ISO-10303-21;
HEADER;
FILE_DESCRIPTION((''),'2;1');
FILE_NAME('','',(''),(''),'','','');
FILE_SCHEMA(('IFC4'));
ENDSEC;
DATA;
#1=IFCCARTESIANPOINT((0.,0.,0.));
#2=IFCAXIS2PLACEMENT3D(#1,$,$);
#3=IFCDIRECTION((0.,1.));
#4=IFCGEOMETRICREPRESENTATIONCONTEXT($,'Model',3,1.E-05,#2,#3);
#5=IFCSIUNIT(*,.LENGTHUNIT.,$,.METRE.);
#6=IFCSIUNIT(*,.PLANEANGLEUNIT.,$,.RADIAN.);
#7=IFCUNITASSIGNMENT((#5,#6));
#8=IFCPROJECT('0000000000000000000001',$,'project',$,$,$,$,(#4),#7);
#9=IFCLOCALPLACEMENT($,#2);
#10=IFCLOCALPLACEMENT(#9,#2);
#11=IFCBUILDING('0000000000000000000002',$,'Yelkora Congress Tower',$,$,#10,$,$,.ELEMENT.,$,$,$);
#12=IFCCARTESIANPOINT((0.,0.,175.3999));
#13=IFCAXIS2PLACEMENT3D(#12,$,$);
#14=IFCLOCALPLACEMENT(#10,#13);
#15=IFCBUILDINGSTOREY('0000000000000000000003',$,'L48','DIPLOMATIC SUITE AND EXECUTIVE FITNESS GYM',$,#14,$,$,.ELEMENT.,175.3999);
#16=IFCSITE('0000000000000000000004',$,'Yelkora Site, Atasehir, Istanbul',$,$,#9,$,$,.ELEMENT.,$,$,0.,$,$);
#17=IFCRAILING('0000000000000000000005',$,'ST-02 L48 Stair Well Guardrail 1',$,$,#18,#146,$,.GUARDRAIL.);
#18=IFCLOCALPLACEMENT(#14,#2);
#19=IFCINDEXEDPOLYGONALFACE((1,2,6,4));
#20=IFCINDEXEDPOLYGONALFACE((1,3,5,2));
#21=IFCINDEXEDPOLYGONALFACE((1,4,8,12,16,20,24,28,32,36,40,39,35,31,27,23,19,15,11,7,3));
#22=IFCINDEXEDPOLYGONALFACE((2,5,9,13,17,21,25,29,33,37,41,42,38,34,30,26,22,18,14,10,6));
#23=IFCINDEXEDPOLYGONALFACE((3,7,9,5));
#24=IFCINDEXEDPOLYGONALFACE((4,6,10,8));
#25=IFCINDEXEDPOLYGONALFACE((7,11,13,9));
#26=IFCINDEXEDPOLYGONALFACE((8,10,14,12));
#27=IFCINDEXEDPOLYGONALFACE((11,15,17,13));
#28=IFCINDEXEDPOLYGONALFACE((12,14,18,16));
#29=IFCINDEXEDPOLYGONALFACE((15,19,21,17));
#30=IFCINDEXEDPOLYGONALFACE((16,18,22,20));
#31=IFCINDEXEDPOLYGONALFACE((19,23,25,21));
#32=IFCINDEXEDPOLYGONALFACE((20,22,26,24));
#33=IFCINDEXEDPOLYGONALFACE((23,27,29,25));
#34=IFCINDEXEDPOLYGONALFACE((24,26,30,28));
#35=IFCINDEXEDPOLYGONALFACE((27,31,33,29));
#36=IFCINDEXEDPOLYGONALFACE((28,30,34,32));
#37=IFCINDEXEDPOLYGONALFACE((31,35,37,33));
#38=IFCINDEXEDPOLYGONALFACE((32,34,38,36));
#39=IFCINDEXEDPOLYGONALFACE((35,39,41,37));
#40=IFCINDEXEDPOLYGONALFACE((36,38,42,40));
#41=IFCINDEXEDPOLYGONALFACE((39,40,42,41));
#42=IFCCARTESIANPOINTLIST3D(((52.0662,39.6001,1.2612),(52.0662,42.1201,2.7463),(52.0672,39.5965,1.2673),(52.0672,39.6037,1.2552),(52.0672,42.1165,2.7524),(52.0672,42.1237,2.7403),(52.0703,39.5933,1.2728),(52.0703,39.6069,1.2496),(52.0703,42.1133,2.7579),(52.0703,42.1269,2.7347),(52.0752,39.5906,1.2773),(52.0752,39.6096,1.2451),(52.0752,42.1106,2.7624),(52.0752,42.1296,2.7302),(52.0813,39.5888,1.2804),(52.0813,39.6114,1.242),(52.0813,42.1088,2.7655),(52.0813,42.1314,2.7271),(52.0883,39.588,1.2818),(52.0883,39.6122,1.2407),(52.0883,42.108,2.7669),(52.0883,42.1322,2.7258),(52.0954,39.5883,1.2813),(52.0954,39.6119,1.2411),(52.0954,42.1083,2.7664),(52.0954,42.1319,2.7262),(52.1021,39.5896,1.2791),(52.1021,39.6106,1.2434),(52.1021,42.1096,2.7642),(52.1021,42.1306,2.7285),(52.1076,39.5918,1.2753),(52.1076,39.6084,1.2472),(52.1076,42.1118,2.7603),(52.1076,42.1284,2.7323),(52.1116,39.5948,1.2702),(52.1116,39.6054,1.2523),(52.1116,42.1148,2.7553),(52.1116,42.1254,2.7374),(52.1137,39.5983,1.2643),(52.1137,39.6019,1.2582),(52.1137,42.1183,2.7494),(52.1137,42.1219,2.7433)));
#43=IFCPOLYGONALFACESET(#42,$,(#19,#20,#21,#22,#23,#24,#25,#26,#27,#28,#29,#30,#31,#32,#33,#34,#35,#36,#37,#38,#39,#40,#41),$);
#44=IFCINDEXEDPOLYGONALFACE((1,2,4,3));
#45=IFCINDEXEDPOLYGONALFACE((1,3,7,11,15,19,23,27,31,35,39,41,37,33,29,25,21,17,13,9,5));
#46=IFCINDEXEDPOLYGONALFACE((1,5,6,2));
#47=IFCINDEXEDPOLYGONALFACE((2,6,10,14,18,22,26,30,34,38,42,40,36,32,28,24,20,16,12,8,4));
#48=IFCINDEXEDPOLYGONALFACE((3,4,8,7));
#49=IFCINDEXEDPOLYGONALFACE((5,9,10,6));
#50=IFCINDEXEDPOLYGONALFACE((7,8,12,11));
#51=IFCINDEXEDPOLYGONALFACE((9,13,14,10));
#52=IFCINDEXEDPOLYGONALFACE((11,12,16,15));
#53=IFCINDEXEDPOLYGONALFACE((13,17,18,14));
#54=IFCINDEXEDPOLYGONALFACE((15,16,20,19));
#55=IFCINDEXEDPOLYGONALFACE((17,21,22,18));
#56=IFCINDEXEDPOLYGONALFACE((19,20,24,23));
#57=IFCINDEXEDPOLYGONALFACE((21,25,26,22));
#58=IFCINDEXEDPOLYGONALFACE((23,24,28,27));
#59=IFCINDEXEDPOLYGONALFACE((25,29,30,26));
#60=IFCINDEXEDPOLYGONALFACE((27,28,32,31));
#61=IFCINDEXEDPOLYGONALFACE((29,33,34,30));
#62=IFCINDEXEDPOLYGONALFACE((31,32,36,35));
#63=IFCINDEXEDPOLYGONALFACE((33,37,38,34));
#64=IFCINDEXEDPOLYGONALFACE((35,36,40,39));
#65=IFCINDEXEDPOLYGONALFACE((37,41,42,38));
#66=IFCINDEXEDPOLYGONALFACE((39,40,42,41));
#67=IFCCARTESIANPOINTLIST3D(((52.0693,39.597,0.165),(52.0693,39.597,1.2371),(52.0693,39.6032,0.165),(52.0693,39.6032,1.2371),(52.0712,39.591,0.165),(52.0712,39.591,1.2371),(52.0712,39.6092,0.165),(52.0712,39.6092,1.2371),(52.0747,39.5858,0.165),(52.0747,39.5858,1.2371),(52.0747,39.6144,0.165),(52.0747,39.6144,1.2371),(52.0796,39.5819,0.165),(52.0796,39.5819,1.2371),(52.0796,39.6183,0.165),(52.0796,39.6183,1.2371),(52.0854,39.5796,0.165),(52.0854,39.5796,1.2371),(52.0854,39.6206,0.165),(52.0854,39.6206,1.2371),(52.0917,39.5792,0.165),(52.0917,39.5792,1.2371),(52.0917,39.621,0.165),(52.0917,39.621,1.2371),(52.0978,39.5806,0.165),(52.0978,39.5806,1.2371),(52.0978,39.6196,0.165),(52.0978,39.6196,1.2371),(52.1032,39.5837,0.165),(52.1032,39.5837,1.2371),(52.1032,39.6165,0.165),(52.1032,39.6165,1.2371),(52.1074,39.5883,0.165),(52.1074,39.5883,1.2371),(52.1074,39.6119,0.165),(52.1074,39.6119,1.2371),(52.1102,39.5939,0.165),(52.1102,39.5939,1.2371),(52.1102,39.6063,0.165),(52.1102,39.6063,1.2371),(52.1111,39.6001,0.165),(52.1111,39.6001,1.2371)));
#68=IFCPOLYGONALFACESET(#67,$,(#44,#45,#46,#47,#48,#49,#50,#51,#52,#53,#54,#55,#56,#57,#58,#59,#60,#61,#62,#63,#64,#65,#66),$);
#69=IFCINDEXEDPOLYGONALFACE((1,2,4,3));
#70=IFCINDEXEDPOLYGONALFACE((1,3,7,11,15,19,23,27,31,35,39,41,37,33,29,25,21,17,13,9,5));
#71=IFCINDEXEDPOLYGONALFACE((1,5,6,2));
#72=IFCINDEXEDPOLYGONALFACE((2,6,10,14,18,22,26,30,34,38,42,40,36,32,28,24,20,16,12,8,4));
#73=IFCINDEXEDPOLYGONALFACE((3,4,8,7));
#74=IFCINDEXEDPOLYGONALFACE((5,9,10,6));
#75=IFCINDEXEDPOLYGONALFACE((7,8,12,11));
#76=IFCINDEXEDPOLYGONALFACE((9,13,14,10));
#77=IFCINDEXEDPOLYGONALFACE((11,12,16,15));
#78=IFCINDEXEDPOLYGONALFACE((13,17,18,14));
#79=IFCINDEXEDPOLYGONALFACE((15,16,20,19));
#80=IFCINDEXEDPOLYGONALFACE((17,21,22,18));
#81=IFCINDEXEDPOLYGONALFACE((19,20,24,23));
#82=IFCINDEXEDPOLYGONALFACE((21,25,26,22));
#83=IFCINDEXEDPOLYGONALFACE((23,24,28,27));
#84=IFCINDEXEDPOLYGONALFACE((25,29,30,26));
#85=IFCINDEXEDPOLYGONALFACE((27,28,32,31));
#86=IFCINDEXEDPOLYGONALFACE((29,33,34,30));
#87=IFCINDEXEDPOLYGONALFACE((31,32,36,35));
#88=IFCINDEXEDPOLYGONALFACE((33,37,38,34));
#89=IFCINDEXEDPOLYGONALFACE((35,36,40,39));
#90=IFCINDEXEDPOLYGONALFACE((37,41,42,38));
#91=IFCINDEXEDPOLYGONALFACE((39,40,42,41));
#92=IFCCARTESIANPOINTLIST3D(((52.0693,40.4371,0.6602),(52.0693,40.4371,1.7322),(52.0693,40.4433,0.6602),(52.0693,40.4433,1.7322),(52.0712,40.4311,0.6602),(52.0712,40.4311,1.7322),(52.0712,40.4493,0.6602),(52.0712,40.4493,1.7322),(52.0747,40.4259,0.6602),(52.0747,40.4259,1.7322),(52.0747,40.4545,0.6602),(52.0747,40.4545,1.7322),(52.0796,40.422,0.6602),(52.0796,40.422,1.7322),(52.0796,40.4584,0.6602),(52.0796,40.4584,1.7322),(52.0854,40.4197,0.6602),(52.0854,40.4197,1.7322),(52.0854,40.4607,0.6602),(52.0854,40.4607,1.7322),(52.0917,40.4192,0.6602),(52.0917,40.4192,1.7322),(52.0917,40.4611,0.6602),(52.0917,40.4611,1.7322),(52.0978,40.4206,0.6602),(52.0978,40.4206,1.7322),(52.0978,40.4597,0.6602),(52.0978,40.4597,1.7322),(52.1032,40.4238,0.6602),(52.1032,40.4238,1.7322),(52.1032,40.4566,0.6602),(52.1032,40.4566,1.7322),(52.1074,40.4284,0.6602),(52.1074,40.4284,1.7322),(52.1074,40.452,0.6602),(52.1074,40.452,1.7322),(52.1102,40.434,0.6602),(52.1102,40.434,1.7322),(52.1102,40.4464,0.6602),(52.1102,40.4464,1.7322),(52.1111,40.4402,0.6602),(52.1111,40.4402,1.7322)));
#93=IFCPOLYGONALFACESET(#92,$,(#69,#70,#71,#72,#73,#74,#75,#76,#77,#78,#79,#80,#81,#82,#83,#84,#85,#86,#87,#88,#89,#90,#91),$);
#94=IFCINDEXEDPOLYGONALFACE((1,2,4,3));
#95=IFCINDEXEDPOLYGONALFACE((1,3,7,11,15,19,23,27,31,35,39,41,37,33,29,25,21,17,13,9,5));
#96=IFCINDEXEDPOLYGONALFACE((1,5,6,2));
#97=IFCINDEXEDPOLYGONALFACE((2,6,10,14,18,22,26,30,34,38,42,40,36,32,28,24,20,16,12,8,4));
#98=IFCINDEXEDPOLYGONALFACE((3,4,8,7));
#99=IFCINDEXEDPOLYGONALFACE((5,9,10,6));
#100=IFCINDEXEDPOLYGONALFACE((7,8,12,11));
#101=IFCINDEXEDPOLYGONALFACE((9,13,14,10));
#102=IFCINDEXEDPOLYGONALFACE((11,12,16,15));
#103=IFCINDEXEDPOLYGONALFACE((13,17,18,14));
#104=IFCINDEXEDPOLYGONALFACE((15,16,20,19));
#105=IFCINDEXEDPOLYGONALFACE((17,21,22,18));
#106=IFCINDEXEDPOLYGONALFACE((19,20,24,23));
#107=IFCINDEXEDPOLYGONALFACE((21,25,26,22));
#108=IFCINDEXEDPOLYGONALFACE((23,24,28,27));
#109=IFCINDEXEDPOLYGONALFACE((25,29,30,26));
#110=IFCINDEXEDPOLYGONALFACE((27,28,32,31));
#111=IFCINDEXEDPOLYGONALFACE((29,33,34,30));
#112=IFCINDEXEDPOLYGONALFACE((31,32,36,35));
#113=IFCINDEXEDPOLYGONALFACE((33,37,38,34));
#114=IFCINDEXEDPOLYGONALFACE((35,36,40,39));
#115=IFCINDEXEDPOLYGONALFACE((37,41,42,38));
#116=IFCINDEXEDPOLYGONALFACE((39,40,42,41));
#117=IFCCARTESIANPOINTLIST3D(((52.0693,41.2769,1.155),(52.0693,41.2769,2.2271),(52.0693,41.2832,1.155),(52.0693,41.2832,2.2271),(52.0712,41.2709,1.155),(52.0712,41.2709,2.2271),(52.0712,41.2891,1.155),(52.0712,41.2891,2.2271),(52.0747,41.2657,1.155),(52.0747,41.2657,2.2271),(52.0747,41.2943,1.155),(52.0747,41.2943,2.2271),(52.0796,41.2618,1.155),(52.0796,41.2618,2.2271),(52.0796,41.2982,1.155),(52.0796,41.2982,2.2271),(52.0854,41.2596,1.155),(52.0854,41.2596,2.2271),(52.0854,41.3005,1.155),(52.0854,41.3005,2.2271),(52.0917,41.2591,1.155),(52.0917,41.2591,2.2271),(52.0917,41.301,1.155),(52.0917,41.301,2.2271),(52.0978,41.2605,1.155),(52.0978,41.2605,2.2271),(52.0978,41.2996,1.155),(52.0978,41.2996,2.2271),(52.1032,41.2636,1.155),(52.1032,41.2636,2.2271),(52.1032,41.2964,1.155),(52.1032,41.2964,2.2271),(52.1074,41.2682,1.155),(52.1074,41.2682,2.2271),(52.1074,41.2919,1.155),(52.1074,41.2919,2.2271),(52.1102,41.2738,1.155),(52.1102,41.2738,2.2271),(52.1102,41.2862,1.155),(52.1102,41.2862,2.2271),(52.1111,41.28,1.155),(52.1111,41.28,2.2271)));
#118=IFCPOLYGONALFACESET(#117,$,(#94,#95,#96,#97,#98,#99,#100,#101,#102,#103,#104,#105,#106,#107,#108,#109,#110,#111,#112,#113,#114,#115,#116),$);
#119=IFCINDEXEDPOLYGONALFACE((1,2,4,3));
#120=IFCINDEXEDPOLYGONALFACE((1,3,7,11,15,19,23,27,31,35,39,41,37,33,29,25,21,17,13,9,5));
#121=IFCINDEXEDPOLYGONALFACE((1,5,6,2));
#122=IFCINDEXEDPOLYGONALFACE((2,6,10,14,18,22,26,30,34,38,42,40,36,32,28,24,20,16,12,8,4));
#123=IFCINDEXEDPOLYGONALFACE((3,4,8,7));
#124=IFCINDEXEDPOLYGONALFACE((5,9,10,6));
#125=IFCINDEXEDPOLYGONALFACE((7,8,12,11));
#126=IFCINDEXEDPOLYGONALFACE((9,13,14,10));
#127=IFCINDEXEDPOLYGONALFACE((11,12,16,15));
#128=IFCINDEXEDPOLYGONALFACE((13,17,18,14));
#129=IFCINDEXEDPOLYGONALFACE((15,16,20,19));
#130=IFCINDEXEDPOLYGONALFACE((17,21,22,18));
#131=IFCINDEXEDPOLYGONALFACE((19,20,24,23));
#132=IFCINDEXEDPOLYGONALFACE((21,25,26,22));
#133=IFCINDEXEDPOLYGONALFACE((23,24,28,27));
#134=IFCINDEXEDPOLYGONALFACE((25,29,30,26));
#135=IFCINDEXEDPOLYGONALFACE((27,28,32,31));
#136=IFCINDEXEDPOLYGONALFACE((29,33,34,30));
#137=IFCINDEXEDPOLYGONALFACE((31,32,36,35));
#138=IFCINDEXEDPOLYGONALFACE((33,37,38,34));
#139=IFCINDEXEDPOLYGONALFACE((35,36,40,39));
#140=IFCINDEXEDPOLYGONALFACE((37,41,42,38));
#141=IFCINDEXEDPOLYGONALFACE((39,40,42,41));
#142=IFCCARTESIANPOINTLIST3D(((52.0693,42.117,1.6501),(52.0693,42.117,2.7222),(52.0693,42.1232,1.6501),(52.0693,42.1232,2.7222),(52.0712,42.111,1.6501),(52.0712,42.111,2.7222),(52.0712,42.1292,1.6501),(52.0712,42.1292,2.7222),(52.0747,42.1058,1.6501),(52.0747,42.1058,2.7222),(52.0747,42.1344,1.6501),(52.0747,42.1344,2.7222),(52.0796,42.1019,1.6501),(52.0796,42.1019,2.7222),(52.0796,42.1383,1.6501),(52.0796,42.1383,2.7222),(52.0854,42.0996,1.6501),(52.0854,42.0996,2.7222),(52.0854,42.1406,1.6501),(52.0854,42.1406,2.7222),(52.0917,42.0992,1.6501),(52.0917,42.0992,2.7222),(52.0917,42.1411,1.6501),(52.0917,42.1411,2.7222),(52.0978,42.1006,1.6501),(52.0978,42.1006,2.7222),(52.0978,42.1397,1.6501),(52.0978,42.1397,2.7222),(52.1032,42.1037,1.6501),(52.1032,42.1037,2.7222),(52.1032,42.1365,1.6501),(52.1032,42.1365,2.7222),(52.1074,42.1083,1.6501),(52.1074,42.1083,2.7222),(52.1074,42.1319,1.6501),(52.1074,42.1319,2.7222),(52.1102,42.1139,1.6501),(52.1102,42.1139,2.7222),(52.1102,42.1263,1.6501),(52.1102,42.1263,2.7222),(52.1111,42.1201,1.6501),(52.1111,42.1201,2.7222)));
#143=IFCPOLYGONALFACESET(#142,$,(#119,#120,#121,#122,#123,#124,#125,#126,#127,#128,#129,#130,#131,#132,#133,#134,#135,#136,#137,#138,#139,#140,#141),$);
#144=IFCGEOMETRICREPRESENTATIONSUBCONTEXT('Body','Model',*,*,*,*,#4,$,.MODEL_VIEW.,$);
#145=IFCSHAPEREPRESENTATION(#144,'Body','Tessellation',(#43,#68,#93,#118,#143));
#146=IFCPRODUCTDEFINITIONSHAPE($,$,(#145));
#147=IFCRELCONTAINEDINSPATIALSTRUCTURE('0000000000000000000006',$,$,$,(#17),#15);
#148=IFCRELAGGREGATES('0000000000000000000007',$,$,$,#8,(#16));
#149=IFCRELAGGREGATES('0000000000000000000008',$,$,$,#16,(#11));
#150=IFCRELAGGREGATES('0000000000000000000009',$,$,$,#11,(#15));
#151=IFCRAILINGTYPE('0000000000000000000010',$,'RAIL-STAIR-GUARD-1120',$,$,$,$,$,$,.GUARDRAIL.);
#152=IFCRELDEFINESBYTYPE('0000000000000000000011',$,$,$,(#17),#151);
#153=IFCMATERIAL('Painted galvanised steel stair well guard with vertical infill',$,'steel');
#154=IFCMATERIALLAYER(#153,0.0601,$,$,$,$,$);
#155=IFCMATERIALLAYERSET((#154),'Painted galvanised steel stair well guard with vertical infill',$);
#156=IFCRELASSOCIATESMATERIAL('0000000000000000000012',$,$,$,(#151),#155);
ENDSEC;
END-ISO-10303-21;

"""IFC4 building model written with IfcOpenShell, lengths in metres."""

from ifc_helpers import new_model, si_unit, direction, frame, origin, origin_2d, place, context, subcontext, project, spatial, circle, extrude, material, layer, layer_set, type_object, element, save


model = new_model("IFC4")

# Units and contexts
model_context = context("Model", 3, precision=1e-05, world=origin(), true_north=direction((0.0, 1.0)))
body_context = subcontext(model_context, "Body", "Model", "MODEL_VIEW")
ifc_project = project(units=[si_unit("LENGTHUNIT", "METRE"), si_unit("PLANEANGLEUNIT", "RADIAN")], contexts=[model_context])

# Site, building, storey
site_placement = place(None, origin())
site = spatial("IfcSite", under=ifc_project, at=site_placement, Name="Yelkora Site, Atasehir, Istanbul", CompositionType="ELEMENT", RefElevation=0.0)
building_placement = place(site_placement, origin())
building = spatial("IfcBuilding", under=site, at=building_placement, Name="Yelkora Congress Tower", CompositionType="ELEMENT")
storey_placement = place(building_placement, frame((0.0, 0.0, 175.3999)))
storey = spatial("IfcBuildingStorey", under=building, at=storey_placement, Name="L48", Description="DIPLOMATIC SUITE AND EXECUTIVE FITNESS GYM", CompositionType="ELEMENT", Elevation=175.3999)

# Railing
ifc_material_1 = material(Name="Painted galvanised steel stair well guard with vertical infill", Category="steel")
ifc_layer_1 = layer(ifc_material_1, 0.0601)
ifc_layer_set_1 = layer_set([ifc_layer_1], Name="Painted galvanised steel stair well guard with vertical infill")
railing_type_1 = type_object("IfcRailingType", Name="RAIL-STAIR-GUARD-1120", PredefinedType="GUARDRAIL", material=ifc_layer_set_1)
railing_1_placement = place(storey_placement, frame((52.0901, 39.6001, 0.165)))
element("IfcRailing", 1, at=railing_1_placement, inside=storey, type_object=railing_type_1, Name="ST-02 L48 Stair Well Guardrail 1", PredefinedType="GUARDRAIL", context=body_context, shape_type="SweptSolid", body=[
    extrude(circle(Radius=0.0239, at=origin_2d()), frame((0.0, 0.0, 1.0962), z_axis=(0.0, 0.861524, 0.507717), x_axis=(-1.0, 0.0, 0.0)), (0.0, 0.0, 1.0), 2.925),
    extrude(circle(Radius=0.021, at=origin_2d()), origin(), (0.0, 0.0, 1.0), 1.072),
    extrude(circle(Radius=0.021, at=origin_2d()), frame((0.0, 0.8401, 0.4951)), (0.0, 0.0, 1.0), 1.072),
    extrude(circle(Radius=0.021, at=origin_2d()), frame((0.0, 1.6799, 0.99)), (0.0, 0.0, 1.0), 1.072),
    extrude(circle(Radius=0.021, at=origin_2d()), frame((0.0, 2.52, 1.4851)), (0.0, 0.0, 1.0), 1.072),
])

save(model, "model.ifc")
